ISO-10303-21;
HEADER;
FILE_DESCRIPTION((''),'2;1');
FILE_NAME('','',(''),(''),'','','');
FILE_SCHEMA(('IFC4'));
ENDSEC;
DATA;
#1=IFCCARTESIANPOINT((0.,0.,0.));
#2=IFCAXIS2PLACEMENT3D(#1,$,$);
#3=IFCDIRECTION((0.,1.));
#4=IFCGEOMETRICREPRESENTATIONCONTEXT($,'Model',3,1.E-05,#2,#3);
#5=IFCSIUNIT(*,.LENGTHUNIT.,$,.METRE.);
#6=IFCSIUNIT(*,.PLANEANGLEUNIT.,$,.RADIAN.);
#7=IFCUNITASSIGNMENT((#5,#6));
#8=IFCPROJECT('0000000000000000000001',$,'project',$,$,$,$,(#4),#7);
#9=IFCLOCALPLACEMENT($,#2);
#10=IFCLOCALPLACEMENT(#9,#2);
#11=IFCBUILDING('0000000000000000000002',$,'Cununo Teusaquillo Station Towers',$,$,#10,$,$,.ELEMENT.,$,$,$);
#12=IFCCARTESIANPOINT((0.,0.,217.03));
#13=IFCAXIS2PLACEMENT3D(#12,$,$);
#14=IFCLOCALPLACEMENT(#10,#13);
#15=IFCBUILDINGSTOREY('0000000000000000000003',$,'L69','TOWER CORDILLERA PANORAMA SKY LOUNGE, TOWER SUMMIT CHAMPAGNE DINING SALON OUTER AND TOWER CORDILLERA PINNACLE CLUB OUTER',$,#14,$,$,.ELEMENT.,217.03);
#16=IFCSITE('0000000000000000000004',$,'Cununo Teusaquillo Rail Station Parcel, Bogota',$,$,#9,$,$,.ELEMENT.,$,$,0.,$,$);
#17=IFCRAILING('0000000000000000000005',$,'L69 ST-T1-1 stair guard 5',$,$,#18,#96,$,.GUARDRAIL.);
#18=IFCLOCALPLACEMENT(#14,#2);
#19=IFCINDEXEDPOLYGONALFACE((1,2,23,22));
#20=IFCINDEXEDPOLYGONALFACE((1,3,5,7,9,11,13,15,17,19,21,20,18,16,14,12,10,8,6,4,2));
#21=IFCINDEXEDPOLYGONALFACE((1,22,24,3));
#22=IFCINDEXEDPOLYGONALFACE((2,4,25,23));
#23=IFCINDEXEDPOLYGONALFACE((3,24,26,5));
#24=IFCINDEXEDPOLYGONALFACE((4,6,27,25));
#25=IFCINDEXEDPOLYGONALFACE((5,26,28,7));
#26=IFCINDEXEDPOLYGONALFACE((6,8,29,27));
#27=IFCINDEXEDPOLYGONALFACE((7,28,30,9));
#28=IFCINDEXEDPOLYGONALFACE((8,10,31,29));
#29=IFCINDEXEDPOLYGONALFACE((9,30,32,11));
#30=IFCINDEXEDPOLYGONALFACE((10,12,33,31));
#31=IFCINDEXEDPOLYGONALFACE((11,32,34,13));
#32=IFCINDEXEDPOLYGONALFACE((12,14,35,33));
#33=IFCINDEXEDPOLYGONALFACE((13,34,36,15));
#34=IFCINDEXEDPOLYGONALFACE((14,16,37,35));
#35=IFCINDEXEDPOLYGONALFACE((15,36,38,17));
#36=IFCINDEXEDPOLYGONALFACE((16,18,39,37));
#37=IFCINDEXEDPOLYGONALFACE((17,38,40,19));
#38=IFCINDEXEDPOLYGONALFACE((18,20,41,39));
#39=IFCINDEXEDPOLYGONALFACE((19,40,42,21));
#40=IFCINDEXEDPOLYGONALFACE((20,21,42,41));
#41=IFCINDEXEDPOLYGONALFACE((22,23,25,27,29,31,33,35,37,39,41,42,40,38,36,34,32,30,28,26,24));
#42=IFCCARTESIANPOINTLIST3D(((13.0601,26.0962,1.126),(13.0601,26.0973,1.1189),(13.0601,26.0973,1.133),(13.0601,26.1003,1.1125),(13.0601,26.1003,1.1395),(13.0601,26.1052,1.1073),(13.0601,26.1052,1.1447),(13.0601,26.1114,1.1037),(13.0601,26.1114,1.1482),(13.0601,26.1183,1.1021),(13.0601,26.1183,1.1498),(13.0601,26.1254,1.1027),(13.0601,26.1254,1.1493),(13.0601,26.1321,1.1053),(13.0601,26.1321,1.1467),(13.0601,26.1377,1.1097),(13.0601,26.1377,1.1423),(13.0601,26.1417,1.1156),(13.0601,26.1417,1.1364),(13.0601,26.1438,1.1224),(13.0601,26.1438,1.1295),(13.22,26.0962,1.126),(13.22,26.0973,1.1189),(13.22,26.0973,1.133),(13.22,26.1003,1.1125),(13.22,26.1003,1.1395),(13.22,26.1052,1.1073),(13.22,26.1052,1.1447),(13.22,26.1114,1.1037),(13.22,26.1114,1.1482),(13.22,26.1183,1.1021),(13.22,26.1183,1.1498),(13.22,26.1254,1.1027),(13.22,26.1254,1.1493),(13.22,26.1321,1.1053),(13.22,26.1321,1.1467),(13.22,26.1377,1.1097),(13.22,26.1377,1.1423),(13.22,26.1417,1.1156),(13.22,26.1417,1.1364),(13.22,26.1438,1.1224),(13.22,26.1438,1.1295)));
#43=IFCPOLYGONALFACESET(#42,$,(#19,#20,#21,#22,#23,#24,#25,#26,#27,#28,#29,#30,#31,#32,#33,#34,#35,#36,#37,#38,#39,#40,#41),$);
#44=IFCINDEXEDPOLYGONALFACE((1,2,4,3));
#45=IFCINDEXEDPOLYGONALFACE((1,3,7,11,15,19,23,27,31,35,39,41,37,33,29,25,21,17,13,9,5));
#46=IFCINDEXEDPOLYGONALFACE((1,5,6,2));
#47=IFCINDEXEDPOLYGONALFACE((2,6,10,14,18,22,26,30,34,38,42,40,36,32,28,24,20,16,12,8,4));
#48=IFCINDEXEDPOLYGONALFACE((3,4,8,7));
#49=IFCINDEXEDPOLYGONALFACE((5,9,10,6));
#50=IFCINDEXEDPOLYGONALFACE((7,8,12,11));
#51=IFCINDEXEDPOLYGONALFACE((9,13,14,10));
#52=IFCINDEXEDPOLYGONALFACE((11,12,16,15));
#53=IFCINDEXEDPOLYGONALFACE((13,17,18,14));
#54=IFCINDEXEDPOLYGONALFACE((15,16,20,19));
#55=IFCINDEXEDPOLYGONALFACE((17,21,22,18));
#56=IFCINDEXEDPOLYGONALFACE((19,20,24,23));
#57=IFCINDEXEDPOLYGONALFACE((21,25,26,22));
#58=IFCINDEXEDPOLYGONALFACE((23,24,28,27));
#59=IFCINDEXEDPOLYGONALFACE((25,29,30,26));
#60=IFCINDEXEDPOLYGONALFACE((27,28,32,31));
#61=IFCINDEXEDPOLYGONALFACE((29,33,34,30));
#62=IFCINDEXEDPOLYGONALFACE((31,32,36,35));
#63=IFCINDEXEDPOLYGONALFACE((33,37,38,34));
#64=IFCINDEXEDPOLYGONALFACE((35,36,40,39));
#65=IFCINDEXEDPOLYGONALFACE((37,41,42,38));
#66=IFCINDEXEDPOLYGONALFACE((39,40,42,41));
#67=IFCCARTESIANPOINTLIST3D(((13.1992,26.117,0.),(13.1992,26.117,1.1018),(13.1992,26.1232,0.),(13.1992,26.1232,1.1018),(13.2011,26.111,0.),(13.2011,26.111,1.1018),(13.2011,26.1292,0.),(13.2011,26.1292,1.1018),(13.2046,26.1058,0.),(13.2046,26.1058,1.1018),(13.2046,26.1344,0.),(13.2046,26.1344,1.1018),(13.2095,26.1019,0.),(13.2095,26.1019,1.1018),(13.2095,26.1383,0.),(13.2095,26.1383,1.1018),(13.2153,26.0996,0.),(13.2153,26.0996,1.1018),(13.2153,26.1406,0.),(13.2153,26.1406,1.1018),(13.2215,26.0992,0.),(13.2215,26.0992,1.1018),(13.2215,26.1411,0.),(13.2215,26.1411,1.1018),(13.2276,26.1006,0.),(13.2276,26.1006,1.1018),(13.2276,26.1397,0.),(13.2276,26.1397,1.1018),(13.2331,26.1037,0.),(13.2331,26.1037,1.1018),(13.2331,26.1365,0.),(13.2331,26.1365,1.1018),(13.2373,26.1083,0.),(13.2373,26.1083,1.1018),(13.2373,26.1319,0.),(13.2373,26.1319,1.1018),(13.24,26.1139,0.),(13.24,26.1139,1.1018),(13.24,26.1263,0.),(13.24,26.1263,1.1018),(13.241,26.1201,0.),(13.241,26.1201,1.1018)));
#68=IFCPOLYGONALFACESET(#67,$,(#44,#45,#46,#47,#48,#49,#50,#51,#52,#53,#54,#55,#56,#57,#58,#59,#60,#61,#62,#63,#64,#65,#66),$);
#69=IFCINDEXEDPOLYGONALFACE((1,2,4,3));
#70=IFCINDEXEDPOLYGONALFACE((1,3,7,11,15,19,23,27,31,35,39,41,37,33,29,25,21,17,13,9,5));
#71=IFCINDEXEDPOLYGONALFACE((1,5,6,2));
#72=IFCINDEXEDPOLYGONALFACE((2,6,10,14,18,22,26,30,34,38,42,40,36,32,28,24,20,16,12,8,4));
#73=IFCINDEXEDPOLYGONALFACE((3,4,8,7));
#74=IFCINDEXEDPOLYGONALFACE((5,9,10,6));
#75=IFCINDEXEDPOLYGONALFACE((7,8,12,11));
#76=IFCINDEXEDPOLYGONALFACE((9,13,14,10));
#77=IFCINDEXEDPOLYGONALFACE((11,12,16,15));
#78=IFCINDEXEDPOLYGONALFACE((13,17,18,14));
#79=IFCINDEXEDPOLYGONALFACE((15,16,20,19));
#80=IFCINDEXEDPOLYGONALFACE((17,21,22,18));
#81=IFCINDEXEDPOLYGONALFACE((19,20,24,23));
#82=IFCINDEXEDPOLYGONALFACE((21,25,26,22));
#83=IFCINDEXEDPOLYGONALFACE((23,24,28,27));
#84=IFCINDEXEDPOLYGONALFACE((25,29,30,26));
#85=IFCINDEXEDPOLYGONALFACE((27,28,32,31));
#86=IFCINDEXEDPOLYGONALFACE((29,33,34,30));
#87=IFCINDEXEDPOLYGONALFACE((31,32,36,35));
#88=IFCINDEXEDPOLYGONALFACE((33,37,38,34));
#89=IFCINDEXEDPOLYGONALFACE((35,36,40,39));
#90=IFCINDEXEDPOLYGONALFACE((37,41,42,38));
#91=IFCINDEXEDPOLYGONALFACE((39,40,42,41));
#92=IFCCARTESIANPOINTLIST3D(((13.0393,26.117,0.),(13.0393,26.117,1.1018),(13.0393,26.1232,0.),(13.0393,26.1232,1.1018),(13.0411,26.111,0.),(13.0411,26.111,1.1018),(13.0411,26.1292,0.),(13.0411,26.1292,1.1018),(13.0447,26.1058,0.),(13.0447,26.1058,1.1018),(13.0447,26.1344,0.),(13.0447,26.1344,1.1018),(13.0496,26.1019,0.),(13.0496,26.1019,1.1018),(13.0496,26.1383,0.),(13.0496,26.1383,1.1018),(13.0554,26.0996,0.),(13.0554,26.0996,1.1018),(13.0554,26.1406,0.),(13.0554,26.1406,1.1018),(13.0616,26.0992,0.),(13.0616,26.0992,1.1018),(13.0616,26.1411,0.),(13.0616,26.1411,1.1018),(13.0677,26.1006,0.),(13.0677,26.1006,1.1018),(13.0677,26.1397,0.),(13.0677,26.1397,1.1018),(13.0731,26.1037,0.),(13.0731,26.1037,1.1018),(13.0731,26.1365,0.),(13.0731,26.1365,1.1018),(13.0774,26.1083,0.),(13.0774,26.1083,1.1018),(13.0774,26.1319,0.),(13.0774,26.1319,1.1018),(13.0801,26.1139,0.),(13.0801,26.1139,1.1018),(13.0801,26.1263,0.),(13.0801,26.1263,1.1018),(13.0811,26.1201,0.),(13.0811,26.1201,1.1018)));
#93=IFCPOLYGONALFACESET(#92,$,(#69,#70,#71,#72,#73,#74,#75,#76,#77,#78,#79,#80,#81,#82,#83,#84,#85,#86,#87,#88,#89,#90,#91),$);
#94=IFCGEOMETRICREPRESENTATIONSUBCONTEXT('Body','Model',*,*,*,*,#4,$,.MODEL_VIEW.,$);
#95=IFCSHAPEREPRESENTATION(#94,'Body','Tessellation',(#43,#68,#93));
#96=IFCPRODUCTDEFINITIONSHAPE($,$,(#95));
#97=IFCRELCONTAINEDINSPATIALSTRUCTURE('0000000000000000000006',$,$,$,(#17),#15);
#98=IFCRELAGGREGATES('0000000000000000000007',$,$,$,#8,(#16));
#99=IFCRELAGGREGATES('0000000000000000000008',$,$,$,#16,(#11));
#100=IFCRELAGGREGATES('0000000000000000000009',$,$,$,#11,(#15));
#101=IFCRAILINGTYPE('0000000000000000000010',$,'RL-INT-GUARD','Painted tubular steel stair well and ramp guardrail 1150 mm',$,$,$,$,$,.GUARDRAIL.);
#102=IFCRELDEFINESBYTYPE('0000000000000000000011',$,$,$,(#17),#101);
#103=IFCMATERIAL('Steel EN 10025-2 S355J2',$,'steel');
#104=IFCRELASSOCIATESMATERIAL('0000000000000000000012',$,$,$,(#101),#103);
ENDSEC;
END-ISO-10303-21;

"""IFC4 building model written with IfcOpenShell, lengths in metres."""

from ifc_helpers import new_model, si_unit, direction, frame, origin, origin_2d, place, context, subcontext, project, spatial, circle, extrude, material, type_object, element, save


model = new_model("IFC4")

# Units and contexts
model_context = context("Model", 3, precision=1e-05, world=origin(), true_north=direction((0.0, 1.0)))
body_context = subcontext(model_context, "Body", "Model", "MODEL_VIEW")
ifc_project = project(units=[si_unit("LENGTHUNIT", "METRE"), si_unit("PLANEANGLEUNIT", "RADIAN")], contexts=[model_context])

# Site, building, storey
site_placement = place(None, origin())
site = spatial("IfcSite", under=ifc_project, at=site_placement, Name="Cununo Teusaquillo Rail Station Parcel, Bogota", CompositionType="ELEMENT", RefElevation=0.0)
building_placement = place(site_placement, origin())
building = spatial("IfcBuilding", under=site, at=building_placement, Name="Cununo Teusaquillo Station Towers", CompositionType="ELEMENT")
storey_placement = place(building_placement, frame((0.0, 0.0, 217.03)))
storey = spatial("IfcBuildingStorey", under=building, at=storey_placement, Name="L69", Description="TOWER CORDILLERA PANORAMA SKY LOUNGE, TOWER SUMMIT CHAMPAGNE DINING SALON OUTER AND TOWER CORDILLERA PINNACLE CLUB OUTER", CompositionType="ELEMENT", Elevation=217.03)

# Railing
ifc_material_1 = material(Name="Steel EN 10025-2 S355J2", Category="steel")
railing_type_1 = type_object("IfcRailingType", Name="RL-INT-GUARD", Description="Painted tubular steel stair well and ramp guardrail 1150 mm", PredefinedType="GUARDRAIL", material=ifc_material_1)
railing_1_placement = place(storey_placement, frame((13.22, 26.1201, 0.0)))
element("IfcRailing", 1, at=railing_1_placement, inside=storey, type_object=railing_type_1, Name="L69 ST-T1-1 stair guard 5", PredefinedType="GUARDRAIL", context=body_context, shape_type="SweptSolid", body=[
    extrude(circle(Radius=0.0239, at=origin_2d()), frame((0.0, 0.0, 1.126), z_axis=(-1.0, 0.0, 0.0), x_axis=(0.0, -1.0, 0.0)), (0.0, 0.0, 1.0), 0.1599),
    extrude(circle(Radius=0.021, at=origin_2d()), origin(), (0.0, 0.0, 1.0), 1.1018),
    extrude(circle(Radius=0.021, at=origin_2d()), frame((-0.1599, 0.0, 0.0)), (0.0, 0.0, 1.0), 1.1018),
])

save(model, "model.ifc")
